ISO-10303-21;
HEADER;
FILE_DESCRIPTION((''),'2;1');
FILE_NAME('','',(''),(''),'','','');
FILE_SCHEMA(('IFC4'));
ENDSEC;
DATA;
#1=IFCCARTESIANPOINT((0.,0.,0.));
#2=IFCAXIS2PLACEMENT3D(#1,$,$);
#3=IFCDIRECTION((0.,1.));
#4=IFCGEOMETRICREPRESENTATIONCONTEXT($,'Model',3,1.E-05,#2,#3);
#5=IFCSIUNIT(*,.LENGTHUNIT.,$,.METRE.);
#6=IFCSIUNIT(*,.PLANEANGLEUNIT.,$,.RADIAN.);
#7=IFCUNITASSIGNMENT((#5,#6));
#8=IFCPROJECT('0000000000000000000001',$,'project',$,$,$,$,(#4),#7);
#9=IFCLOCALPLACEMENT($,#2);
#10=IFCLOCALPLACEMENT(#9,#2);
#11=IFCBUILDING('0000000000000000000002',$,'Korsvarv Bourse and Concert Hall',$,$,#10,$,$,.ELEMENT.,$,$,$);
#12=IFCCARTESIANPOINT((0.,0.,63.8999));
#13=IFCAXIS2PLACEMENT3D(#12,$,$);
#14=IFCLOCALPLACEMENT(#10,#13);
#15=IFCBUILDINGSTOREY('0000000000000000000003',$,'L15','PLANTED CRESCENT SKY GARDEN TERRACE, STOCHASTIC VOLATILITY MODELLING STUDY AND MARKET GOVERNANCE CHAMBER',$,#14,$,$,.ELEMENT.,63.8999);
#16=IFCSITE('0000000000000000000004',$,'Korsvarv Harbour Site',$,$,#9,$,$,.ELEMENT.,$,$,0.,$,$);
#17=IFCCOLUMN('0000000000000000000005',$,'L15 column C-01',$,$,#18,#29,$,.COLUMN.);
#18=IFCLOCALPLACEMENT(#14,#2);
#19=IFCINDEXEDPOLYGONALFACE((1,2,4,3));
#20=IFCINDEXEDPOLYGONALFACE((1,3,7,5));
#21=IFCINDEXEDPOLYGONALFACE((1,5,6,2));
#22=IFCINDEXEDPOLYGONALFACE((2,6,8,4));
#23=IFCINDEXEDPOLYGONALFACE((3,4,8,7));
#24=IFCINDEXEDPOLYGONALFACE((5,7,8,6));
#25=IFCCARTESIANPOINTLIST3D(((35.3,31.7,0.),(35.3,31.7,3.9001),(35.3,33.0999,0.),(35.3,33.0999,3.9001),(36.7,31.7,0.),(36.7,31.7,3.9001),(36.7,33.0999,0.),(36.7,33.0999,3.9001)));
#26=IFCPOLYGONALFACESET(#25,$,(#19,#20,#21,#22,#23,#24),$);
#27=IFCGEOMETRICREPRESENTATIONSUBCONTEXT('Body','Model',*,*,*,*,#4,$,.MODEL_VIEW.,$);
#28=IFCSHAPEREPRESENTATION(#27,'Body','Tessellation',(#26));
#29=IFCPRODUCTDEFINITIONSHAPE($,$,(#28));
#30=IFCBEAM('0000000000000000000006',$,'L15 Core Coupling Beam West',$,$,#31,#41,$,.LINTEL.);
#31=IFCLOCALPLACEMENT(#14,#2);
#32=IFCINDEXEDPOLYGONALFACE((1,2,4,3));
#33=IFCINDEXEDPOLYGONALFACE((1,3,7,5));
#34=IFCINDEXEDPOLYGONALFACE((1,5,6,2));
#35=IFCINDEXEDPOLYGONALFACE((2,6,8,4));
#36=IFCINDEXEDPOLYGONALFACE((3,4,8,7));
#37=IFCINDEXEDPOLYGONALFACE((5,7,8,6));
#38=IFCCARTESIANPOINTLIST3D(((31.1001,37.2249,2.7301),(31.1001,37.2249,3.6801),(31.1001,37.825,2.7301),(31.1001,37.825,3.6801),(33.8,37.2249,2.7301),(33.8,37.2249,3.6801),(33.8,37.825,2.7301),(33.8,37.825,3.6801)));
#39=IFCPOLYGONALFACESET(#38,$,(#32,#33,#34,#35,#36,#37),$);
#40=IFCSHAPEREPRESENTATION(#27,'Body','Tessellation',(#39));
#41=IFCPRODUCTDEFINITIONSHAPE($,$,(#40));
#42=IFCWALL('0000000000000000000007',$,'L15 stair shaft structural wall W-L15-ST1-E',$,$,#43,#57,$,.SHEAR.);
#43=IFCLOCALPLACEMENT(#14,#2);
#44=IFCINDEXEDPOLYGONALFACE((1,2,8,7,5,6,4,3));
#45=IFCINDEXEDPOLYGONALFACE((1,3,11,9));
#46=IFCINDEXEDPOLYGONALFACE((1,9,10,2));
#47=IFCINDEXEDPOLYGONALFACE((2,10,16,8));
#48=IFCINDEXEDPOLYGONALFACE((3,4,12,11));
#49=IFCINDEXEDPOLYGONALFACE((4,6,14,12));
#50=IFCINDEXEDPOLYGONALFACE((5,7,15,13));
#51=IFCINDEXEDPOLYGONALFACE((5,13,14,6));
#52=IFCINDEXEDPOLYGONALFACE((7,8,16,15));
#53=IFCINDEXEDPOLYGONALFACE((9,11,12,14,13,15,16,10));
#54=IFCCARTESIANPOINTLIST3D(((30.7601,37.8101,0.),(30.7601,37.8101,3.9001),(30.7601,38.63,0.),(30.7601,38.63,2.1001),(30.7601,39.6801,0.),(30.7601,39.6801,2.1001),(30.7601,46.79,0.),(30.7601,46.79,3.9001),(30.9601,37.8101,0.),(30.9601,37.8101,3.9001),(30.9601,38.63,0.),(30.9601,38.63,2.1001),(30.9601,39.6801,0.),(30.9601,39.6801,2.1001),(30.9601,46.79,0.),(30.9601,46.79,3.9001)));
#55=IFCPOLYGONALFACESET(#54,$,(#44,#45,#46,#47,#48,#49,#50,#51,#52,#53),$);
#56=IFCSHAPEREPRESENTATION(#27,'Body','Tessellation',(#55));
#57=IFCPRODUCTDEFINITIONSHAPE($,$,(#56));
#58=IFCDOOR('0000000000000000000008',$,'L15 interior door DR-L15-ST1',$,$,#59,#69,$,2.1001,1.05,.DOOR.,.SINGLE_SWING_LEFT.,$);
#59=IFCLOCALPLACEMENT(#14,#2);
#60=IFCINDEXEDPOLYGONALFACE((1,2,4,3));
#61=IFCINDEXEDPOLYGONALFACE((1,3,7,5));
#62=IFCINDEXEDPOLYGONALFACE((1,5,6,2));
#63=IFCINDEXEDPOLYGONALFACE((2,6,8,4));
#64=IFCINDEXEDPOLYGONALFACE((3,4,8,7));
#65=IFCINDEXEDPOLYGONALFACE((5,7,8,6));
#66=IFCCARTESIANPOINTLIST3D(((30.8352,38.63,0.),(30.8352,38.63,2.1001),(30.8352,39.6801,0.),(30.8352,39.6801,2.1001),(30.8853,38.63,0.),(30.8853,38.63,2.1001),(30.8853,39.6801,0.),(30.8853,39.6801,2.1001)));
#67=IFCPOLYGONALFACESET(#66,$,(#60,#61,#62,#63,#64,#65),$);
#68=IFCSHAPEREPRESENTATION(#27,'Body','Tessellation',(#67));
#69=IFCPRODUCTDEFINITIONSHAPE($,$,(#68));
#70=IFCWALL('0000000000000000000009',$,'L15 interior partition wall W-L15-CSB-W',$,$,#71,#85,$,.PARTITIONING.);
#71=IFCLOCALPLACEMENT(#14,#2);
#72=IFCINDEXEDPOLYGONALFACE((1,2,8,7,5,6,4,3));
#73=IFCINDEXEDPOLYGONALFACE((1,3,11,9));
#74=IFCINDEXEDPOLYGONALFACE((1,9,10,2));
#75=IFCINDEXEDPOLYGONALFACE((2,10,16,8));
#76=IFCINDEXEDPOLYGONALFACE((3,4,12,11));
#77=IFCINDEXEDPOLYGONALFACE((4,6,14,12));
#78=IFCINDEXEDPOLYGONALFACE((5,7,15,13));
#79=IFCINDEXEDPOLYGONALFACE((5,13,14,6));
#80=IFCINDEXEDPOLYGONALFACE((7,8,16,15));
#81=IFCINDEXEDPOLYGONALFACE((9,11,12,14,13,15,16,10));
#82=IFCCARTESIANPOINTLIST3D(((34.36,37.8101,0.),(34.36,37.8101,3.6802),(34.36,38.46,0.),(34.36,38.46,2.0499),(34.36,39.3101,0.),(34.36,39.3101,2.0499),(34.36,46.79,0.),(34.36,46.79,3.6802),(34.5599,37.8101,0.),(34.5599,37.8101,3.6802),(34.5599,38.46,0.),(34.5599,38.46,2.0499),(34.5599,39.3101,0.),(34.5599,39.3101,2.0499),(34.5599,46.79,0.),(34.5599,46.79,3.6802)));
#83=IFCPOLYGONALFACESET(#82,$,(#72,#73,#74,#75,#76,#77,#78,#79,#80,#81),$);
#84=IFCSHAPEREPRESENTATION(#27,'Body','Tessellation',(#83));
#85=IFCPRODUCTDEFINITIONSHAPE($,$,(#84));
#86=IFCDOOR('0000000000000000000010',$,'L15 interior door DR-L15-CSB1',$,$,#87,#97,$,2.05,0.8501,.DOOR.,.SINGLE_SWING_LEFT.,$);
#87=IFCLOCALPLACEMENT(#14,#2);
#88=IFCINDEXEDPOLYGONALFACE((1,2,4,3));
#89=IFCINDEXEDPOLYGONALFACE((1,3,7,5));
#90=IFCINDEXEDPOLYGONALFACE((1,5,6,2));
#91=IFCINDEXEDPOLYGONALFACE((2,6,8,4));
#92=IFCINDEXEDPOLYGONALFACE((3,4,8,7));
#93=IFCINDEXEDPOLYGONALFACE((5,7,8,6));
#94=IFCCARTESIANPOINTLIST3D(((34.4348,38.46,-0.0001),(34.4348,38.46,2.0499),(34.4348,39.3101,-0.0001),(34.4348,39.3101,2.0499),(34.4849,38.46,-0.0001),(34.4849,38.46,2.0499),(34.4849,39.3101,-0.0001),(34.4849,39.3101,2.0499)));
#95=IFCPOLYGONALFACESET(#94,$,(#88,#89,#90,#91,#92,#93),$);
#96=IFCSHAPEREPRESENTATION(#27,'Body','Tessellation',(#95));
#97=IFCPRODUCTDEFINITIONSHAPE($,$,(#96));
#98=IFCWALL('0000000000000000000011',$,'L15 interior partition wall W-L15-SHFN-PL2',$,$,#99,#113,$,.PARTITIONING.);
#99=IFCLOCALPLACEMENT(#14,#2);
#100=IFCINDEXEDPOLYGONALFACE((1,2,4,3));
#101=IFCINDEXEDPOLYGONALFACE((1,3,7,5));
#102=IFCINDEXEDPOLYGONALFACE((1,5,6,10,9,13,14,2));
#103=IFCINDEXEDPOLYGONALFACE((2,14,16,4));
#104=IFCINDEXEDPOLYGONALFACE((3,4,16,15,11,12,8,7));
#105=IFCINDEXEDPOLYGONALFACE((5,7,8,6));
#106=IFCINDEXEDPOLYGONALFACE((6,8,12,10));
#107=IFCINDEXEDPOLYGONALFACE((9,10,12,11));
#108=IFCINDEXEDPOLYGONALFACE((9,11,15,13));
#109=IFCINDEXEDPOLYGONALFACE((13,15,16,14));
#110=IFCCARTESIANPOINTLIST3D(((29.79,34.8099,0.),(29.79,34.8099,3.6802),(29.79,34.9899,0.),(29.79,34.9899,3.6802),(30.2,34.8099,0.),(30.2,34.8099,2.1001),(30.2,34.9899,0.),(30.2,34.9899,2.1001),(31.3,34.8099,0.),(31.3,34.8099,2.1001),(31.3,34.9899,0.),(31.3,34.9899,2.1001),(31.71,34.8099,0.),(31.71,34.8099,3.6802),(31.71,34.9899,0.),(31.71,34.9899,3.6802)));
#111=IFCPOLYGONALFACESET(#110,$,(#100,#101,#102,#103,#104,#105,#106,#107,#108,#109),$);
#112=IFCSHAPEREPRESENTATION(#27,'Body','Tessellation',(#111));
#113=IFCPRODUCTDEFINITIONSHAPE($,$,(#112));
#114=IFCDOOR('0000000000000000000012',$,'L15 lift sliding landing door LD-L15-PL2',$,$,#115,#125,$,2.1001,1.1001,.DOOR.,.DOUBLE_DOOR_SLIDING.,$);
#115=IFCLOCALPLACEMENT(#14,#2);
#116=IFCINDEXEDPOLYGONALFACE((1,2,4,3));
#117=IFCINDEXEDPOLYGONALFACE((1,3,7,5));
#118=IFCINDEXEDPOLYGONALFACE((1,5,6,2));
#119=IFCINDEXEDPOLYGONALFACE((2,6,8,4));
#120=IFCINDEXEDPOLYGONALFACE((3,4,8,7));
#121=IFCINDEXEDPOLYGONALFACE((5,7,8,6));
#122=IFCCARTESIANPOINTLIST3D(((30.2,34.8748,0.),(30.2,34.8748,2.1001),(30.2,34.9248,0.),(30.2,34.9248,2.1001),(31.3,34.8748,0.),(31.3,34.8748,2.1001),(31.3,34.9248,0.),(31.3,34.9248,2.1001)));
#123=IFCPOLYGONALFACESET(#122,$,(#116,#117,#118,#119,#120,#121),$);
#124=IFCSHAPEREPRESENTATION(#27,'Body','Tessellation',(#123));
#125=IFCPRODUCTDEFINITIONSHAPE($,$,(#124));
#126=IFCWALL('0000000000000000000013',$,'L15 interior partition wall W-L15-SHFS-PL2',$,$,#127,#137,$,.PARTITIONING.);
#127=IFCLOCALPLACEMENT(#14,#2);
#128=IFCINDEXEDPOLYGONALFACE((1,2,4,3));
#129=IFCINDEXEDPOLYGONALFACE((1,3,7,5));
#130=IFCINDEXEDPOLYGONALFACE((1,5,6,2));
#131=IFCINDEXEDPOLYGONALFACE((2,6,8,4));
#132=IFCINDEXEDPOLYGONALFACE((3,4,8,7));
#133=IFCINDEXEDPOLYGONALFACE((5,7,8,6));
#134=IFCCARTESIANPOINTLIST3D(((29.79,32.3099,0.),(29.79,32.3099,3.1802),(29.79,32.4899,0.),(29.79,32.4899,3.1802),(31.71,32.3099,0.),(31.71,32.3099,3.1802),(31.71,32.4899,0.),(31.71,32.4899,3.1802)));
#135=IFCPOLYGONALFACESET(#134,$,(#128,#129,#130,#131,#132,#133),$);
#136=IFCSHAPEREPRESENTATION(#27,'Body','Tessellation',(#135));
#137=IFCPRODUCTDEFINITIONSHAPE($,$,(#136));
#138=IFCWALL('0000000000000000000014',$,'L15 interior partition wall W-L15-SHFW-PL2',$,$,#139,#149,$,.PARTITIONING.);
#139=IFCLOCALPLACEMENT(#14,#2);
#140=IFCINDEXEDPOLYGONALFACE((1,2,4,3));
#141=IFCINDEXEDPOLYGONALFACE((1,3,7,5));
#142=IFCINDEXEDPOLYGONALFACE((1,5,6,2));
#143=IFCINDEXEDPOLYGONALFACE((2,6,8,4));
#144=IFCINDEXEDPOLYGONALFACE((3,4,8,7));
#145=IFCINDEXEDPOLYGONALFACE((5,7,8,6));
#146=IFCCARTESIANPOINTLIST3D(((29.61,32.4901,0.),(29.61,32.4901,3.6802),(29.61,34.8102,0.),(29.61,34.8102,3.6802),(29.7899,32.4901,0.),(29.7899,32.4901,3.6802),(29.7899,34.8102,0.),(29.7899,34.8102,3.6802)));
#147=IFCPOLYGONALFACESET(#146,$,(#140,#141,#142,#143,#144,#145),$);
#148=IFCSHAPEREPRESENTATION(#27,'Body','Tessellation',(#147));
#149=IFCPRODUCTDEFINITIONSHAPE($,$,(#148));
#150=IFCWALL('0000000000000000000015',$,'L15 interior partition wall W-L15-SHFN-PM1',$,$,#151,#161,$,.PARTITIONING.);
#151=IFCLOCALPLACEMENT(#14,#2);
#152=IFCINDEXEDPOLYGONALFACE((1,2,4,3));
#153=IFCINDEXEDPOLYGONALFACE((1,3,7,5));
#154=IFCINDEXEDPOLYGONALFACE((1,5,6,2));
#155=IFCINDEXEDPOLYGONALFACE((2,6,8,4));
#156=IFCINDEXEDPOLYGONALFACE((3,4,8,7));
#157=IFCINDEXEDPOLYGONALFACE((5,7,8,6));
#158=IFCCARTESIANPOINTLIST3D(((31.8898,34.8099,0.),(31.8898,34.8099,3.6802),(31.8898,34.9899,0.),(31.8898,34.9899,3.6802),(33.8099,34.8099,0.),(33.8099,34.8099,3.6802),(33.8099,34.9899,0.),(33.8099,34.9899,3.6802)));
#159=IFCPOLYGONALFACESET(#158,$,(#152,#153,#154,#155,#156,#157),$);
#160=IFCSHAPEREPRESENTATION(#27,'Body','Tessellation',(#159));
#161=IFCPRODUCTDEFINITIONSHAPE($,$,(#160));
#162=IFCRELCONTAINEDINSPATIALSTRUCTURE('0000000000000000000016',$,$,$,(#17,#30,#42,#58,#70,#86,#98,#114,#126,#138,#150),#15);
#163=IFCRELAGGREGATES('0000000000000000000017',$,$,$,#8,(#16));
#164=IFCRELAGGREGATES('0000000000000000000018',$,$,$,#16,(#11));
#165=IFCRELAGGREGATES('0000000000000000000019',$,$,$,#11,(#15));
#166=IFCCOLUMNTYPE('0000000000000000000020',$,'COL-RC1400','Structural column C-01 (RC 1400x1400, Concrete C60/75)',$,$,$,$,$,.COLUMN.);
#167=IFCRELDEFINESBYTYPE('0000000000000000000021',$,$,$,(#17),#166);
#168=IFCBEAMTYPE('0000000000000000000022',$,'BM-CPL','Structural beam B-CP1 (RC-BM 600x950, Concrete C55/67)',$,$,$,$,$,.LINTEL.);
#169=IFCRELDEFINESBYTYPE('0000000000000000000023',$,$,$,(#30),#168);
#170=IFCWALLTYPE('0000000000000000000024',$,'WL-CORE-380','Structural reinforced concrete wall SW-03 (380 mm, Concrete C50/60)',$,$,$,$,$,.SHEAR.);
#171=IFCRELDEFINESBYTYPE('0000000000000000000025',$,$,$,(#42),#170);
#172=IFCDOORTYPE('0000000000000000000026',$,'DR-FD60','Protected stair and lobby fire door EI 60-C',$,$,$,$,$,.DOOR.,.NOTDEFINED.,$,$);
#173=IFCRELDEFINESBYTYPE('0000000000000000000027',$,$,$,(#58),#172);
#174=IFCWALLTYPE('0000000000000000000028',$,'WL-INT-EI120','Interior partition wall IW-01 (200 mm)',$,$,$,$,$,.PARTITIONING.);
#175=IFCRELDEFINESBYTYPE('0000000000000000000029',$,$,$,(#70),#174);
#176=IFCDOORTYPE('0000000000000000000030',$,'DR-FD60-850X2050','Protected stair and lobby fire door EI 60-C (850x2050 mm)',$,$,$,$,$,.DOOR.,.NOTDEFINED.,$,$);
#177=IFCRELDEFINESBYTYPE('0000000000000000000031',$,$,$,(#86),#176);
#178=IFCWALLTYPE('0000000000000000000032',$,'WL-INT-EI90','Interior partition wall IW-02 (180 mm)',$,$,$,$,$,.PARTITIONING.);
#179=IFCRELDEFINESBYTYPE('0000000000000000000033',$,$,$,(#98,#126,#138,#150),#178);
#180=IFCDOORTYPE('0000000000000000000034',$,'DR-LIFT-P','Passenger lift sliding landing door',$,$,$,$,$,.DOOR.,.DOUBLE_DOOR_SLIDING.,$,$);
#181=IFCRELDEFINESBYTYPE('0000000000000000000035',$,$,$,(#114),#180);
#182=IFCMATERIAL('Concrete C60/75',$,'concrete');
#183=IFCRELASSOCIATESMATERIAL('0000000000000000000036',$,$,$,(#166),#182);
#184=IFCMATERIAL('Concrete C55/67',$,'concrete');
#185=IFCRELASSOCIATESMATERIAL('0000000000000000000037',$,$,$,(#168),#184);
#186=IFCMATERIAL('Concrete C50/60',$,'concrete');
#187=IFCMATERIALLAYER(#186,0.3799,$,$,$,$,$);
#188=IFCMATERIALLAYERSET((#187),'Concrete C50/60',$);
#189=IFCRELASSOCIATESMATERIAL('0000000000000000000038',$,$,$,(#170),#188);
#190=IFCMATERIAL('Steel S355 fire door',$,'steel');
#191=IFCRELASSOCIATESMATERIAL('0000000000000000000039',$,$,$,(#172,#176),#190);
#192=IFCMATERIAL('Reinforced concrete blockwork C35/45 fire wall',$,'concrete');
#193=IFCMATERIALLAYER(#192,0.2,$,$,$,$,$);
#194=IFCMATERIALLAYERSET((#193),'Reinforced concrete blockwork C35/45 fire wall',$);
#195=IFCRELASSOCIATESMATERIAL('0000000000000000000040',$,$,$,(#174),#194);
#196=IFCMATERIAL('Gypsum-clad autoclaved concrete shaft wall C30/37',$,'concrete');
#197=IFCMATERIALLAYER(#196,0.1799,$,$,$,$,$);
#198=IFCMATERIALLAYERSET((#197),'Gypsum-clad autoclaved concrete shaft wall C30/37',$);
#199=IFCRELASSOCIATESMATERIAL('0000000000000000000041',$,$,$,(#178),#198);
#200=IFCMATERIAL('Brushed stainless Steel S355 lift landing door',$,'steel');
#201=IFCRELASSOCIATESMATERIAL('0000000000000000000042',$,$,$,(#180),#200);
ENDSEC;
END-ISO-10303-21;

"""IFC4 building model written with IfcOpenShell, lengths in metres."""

from ifc_helpers import new_model, si_unit, direction, frame, frame_2d, origin, origin_2d, place, context, subcontext, project, spatial, rectangle, extrude, source, transform, mapped, material, layer, layer_set, material_profile, profile_set, type_object, element, fill, save


model = new_model("IFC4")

# Units and contexts
model_context = context("Model", 3, precision=1e-05, world=origin(), true_north=direction((0.0, 1.0)))
body_context = subcontext(model_context, "Body", "Model", "MODEL_VIEW")
ifc_project = project(units=[si_unit("LENGTHUNIT", "METRE"), si_unit("PLANEANGLEUNIT", "RADIAN")], contexts=[model_context])

# Site, building, storey
site_placement = place(None, origin())
site = spatial("IfcSite", under=ifc_project, at=site_placement, Name="Korsvarv Harbour Site", CompositionType="ELEMENT", RefElevation=0.0)
building_placement = place(site_placement, origin())
building = spatial("IfcBuilding", under=site, at=building_placement, Name="Korsvarv Bourse and Concert Hall", CompositionType="ELEMENT")
storey_placement = place(building_placement, frame((0.0, 0.0, 63.8999)))
storey = spatial("IfcBuildingStorey", under=building, at=storey_placement, Name="L15", Description="PLANTED CRESCENT SKY GARDEN TERRACE, STOCHASTIC VOLATILITY MODELLING STUDY AND MARKET GOVERNANCE CHAMBER", CompositionType="ELEMENT", Elevation=63.8999)

# Column
ifc_material_1 = material(Name="Concrete C60/75", Category="concrete")
ifc_material_profile_1 = material_profile(ifc_material_1, rectangle(XDim=1.3999, YDim=1.3999, at=origin_2d()), Name="RC 1400x1400")
ifc_profile_set_1 = profile_set([ifc_material_profile_1], Name="Concrete C60/75")
column_type = type_object("IfcColumnType", Name="COL-RC1400", Description="Structural column C-01 (RC 1400x1400, Concrete C60/75)", PredefinedType="COLUMN", material=ifc_profile_set_1)
shared_shape_1 = source(origin(), body_context, "Body", "SweptSolid", [
    extrude(rectangle(XDim=1.3999, YDim=1.3999, at=origin_2d()), origin(), (0.0, 0.0, 1.0), 3.9001),
])
column_placement = place(storey_placement, frame((36.0, 32.3999, 0.0), z_axis=(0.0, 0.0, 1.0), x_axis=(1.0, 0.0, 0.0)))
element("IfcColumn", 1, at=column_placement, inside=storey, type_object=column_type, Name="L15 column C-01", PredefinedType="COLUMN", context=body_context, shape_type="MappedRepresentation", body=[
    mapped(shared_shape_1, transform((0.0, 0.0, 0.0), scale=1.0)),
])

# Beam
ifc_material_2 = material(Name="Concrete C55/67", Category="concrete")
ifc_material_profile_2 = material_profile(ifc_material_2, rectangle(XDim=0.6001, YDim=0.95, at=origin_2d()), Name="RC-BM 600x950")
ifc_profile_set_2 = profile_set([ifc_material_profile_2], Name="Concrete C55/67")
beam_type = type_object("IfcBeamType", Name="BM-CPL", Description="Structural beam B-CP1 (RC-BM 600x950, Concrete C55/67)", PredefinedType="LINTEL", material=ifc_profile_set_2)
shared_shape_2 = source(origin(), body_context, "Body", "SweptSolid", [
    extrude(rectangle(XDim=0.6001, YDim=0.95, at=origin_2d()), origin(), (0.0, 0.0, 1.0), 2.7),
])
beam_placement = place(storey_placement, frame((31.1001, 37.5249, 3.2051), z_axis=(1.0, 0.0, 0.0), x_axis=(0.0, 1.0, 0.0)))
element("IfcBeam", 2, at=beam_placement, inside=storey, type_object=beam_type, Name="L15 Core Coupling Beam West", PredefinedType="LINTEL", context=body_context, shape_type="MappedRepresentation", body=[
    mapped(shared_shape_2, transform((0.0, 0.0, 0.0), scale=1.0)),
])

# Walls, openings, doors
ifc_material_3 = material(Name="Concrete C50/60", Category="concrete")
ifc_layer_1 = layer(ifc_material_3, 0.3799)
ifc_layer_set_1 = layer_set([ifc_layer_1], Name="Concrete C50/60")
wall_type_1 = type_object("IfcWallType", Name="WL-CORE-380", Description="Structural reinforced concrete wall SW-03 (380 mm, Concrete C50/60)", PredefinedType="SHEAR", material=ifc_layer_set_1)
wall_1_placement = place(storey_placement, frame((30.8601, 37.8101, 0.0), z_axis=(0.0, 0.0, 1.0), x_axis=(0.0, 1.0, 0.0)))
wall_1 = element("IfcWall", 3, at=wall_1_placement, inside=storey, type_object=wall_type_1, Name="L15 stair shaft structural wall W-L15-ST1-E", PredefinedType="SHEAR", context=body_context, shape_type="SweptSolid", body=[
    extrude(rectangle(XDim=8.98, YDim=0.2, at=frame_2d((4.49, 0.0))), origin(), (0.0, 0.0, 1.0), 3.9001),
])
opening_1_placement = place(wall_1_placement, frame((0.8201, 0.0, 0.0)))
opening_1 = element("IfcOpeningElement", 4, at=opening_1_placement, cuts=wall_1, PredefinedType="OPENING", context=body_context, shape_type="SweptSolid", body=[
    extrude(rectangle(XDim=1.05, YDim=2.1001, at=frame_2d((0.5249, 1.05))), frame((0.0, 0.1099, 0.0), z_axis=(0.0, -1.0, 0.0), x_axis=(1.0, 0.0, 0.0)), (0.0, 0.0, 1.0), 0.22),
])
ifc_material_4 = material(Name="Steel S355 fire door", Category="steel")
door_type_1 = type_object("IfcDoorType", Name="DR-FD60", Description="Protected stair and lobby fire door EI 60-C", OperationType="NOTDEFINED", PredefinedType="DOOR", material=ifc_material_4)
door_1_placement = place(opening_1_placement, origin())
door_1 = element("IfcDoor", 5, at=door_1_placement, inside=storey, type_object=door_type_1, Name="L15 interior door DR-L15-ST1", OperationType="SINGLE_SWING_LEFT", OverallHeight=2.1001, OverallWidth=1.05, PredefinedType="DOOR", context=body_context, shape_type="SweptSolid", body=[
    extrude(rectangle(XDim=1.05, YDim=2.1001, at=frame_2d((0.5249, 1.05))), frame((0.0, 0.0249, 0.0), z_axis=(0.0, -1.0, 0.0), x_axis=(1.0, 0.0, 0.0)), (0.0, 0.0, 1.0), 0.05),
])
fill(opening_1, door_1)
ifc_material_5 = material(Name="Reinforced concrete blockwork C35/45 fire wall", Category="concrete")
ifc_layer_2 = layer(ifc_material_5, 0.2)
ifc_layer_set_2 = layer_set([ifc_layer_2], Name="Reinforced concrete blockwork C35/45 fire wall")
wall_type_2 = type_object("IfcWallType", Name="WL-INT-EI120", Description="Interior partition wall IW-01 (200 mm)", PredefinedType="PARTITIONING", material=ifc_layer_set_2)
wall_2_placement = place(storey_placement, frame((34.46, 37.8101, 0.0), z_axis=(0.0, 0.0, 1.0), x_axis=(0.0, 1.0, 0.0)))
wall_2 = element("IfcWall", 6, at=wall_2_placement, inside=storey, type_object=wall_type_2, Name="L15 interior partition wall W-L15-CSB-W", PredefinedType="PARTITIONING", context=body_context, shape_type="SweptSolid", body=[
    extrude(rectangle(XDim=8.98, YDim=0.2, at=frame_2d((4.49, 0.0))), origin(), (0.0, 0.0, 1.0), 3.6802),
])
opening_2_placement = place(wall_2_placement, frame((0.6499, 0.0, 0.0)))
opening_2 = element("IfcOpeningElement", 7, at=opening_2_placement, cuts=wall_2, PredefinedType="OPENING", context=body_context, shape_type="SweptSolid", body=[
    extrude(rectangle(XDim=0.8501, YDim=2.05, at=frame_2d((0.425, 1.0249))), frame((0.0, 0.1099, 0.0), z_axis=(0.0, -1.0, 0.0), x_axis=(1.0, 0.0, 0.0)), (0.0, 0.0, 1.0), 0.22),
])
door_type_2 = type_object("IfcDoorType", Name="DR-FD60-850X2050", Description="Protected stair and lobby fire door EI 60-C (850x2050 mm)", OperationType="NOTDEFINED", PredefinedType="DOOR", material=ifc_material_4)
door_2_placement = place(opening_2_placement, frame((0.8501, 0.0, 0.0), z_axis=(0.0, 0.0, 1.0), x_axis=(-1.0, 0.0, 0.0)))
door_2 = element("IfcDoor", 8, at=door_2_placement, inside=storey, type_object=door_type_2, Name="L15 interior door DR-L15-CSB1", OperationType="SINGLE_SWING_LEFT", OverallHeight=2.05, OverallWidth=0.8501, PredefinedType="DOOR", context=body_context, shape_type="SweptSolid", body=[
    extrude(rectangle(XDim=0.8501, YDim=2.05, at=frame_2d((0.425, 1.0249))), frame((0.0, 0.0249, 0.0), z_axis=(0.0, -1.0, 0.0), x_axis=(1.0, 0.0, 0.0)), (0.0, 0.0, 1.0), 0.05),
])
fill(opening_2, door_2)
ifc_material_6 = material(Name="Gypsum-clad autoclaved concrete shaft wall C30/37", Category="concrete")
ifc_layer_3 = layer(ifc_material_6, 0.1799)
ifc_layer_set_3 = layer_set([ifc_layer_3], Name="Gypsum-clad autoclaved concrete shaft wall C30/37")
wall_type_3 = type_object("IfcWallType", Name="WL-INT-EI90", Description="Interior partition wall IW-02 (180 mm)", PredefinedType="PARTITIONING", material=ifc_layer_set_3)
wall_3_placement = place(storey_placement, frame((29.79, 34.8999, 0.0), z_axis=(0.0, 0.0, 1.0), x_axis=(1.0, 0.0, 0.0)))
wall_3 = element("IfcWall", 9, at=wall_3_placement, inside=storey, type_object=wall_type_3, Name="L15 interior partition wall W-L15-SHFN-PL2", PredefinedType="PARTITIONING", context=body_context, shape_type="SweptSolid", body=[
    extrude(rectangle(XDim=1.9199, YDim=0.1799, at=frame_2d((0.96, 0.0))), origin(), (0.0, 0.0, 1.0), 3.6802),
])
opening_3_placement = place(wall_3_placement, frame((0.4099, 0.0, 0.0)))
opening_3 = element("IfcOpeningElement", 10, at=opening_3_placement, cuts=wall_3, PredefinedType="OPENING", context=body_context, shape_type="SweptSolid", body=[
    extrude(rectangle(XDim=1.1001, YDim=2.1001, at=frame_2d((0.55, 1.05))), frame((0.0, 0.1001, 0.0), z_axis=(0.0, -1.0, 0.0), x_axis=(1.0, 0.0, 0.0)), (0.0, 0.0, 1.0), 0.2),
])
ifc_material_7 = material(Name="Brushed stainless Steel S355 lift landing door", Category="steel")
door_type_3 = type_object("IfcDoorType", Name="DR-LIFT-P", Description="Passenger lift sliding landing door", OperationType="DOUBLE_DOOR_SLIDING", PredefinedType="DOOR", material=ifc_material_7)
door_3_placement = place(opening_3_placement, origin())
door_3 = element("IfcDoor", 11, at=door_3_placement, inside=storey, type_object=door_type_3, Name="L15 lift sliding landing door LD-L15-PL2", OperationType="DOUBLE_DOOR_SLIDING", OverallHeight=2.1001, OverallWidth=1.1001, PredefinedType="DOOR", context=body_context, shape_type="SweptSolid", body=[
    extrude(rectangle(XDim=1.1001, YDim=2.1001, at=frame_2d((0.55, 1.05))), frame((0.0, 0.0249, 0.0), z_axis=(0.0, -1.0, 0.0), x_axis=(1.0, 0.0, 0.0)), (0.0, 0.0, 1.0), 0.05),
])
fill(opening_3, door_3)

# Walls
wall_4_placement = place(storey_placement, frame((29.79, 32.3999, 0.0), z_axis=(0.0, 0.0, 1.0), x_axis=(1.0, 0.0, 0.0)))
element("IfcWall", 12, at=wall_4_placement, inside=storey, type_object=wall_type_3, Name="L15 interior partition wall W-L15-SHFS-PL2", PredefinedType="PARTITIONING", context=body_context, shape_type="SweptSolid", body=[
    extrude(rectangle(XDim=1.9199, YDim=0.1799, at=frame_2d((0.96, 0.0))), origin(), (0.0, 0.0, 1.0), 3.1802),
])
wall_5_placement = place(storey_placement, frame((29.7, 32.49, 0.0), z_axis=(0.0, 0.0, 1.0), x_axis=(0.0, 1.0, 0.0)))
element("IfcWall", 13, at=wall_5_placement, inside=storey, type_object=wall_type_3, Name="L15 interior partition wall W-L15-SHFW-PL2", PredefinedType="PARTITIONING", context=body_context, shape_type="SweptSolid", body=[
    extrude(rectangle(XDim=2.3201, YDim=0.1799, at=frame_2d((1.1602, 0.0))), origin(), (0.0, 0.0, 1.0), 3.6802),
])
wall_6_placement = place(storey_placement, frame((31.8899, 34.8999, 0.0), z_axis=(0.0, 0.0, 1.0), x_axis=(1.0, 0.0, 0.0)))
element("IfcWall", 14, at=wall_6_placement, inside=storey, type_object=wall_type_3, Name="L15 interior partition wall W-L15-SHFN-PM1", PredefinedType="PARTITIONING", context=body_context, shape_type="SweptSolid", body=[
    extrude(rectangle(XDim=1.9202, YDim=0.1799, at=frame_2d((0.96, 0.0))), origin(), (0.0, 0.0, 1.0), 3.6802),
])

save(model, "model.ifc")
